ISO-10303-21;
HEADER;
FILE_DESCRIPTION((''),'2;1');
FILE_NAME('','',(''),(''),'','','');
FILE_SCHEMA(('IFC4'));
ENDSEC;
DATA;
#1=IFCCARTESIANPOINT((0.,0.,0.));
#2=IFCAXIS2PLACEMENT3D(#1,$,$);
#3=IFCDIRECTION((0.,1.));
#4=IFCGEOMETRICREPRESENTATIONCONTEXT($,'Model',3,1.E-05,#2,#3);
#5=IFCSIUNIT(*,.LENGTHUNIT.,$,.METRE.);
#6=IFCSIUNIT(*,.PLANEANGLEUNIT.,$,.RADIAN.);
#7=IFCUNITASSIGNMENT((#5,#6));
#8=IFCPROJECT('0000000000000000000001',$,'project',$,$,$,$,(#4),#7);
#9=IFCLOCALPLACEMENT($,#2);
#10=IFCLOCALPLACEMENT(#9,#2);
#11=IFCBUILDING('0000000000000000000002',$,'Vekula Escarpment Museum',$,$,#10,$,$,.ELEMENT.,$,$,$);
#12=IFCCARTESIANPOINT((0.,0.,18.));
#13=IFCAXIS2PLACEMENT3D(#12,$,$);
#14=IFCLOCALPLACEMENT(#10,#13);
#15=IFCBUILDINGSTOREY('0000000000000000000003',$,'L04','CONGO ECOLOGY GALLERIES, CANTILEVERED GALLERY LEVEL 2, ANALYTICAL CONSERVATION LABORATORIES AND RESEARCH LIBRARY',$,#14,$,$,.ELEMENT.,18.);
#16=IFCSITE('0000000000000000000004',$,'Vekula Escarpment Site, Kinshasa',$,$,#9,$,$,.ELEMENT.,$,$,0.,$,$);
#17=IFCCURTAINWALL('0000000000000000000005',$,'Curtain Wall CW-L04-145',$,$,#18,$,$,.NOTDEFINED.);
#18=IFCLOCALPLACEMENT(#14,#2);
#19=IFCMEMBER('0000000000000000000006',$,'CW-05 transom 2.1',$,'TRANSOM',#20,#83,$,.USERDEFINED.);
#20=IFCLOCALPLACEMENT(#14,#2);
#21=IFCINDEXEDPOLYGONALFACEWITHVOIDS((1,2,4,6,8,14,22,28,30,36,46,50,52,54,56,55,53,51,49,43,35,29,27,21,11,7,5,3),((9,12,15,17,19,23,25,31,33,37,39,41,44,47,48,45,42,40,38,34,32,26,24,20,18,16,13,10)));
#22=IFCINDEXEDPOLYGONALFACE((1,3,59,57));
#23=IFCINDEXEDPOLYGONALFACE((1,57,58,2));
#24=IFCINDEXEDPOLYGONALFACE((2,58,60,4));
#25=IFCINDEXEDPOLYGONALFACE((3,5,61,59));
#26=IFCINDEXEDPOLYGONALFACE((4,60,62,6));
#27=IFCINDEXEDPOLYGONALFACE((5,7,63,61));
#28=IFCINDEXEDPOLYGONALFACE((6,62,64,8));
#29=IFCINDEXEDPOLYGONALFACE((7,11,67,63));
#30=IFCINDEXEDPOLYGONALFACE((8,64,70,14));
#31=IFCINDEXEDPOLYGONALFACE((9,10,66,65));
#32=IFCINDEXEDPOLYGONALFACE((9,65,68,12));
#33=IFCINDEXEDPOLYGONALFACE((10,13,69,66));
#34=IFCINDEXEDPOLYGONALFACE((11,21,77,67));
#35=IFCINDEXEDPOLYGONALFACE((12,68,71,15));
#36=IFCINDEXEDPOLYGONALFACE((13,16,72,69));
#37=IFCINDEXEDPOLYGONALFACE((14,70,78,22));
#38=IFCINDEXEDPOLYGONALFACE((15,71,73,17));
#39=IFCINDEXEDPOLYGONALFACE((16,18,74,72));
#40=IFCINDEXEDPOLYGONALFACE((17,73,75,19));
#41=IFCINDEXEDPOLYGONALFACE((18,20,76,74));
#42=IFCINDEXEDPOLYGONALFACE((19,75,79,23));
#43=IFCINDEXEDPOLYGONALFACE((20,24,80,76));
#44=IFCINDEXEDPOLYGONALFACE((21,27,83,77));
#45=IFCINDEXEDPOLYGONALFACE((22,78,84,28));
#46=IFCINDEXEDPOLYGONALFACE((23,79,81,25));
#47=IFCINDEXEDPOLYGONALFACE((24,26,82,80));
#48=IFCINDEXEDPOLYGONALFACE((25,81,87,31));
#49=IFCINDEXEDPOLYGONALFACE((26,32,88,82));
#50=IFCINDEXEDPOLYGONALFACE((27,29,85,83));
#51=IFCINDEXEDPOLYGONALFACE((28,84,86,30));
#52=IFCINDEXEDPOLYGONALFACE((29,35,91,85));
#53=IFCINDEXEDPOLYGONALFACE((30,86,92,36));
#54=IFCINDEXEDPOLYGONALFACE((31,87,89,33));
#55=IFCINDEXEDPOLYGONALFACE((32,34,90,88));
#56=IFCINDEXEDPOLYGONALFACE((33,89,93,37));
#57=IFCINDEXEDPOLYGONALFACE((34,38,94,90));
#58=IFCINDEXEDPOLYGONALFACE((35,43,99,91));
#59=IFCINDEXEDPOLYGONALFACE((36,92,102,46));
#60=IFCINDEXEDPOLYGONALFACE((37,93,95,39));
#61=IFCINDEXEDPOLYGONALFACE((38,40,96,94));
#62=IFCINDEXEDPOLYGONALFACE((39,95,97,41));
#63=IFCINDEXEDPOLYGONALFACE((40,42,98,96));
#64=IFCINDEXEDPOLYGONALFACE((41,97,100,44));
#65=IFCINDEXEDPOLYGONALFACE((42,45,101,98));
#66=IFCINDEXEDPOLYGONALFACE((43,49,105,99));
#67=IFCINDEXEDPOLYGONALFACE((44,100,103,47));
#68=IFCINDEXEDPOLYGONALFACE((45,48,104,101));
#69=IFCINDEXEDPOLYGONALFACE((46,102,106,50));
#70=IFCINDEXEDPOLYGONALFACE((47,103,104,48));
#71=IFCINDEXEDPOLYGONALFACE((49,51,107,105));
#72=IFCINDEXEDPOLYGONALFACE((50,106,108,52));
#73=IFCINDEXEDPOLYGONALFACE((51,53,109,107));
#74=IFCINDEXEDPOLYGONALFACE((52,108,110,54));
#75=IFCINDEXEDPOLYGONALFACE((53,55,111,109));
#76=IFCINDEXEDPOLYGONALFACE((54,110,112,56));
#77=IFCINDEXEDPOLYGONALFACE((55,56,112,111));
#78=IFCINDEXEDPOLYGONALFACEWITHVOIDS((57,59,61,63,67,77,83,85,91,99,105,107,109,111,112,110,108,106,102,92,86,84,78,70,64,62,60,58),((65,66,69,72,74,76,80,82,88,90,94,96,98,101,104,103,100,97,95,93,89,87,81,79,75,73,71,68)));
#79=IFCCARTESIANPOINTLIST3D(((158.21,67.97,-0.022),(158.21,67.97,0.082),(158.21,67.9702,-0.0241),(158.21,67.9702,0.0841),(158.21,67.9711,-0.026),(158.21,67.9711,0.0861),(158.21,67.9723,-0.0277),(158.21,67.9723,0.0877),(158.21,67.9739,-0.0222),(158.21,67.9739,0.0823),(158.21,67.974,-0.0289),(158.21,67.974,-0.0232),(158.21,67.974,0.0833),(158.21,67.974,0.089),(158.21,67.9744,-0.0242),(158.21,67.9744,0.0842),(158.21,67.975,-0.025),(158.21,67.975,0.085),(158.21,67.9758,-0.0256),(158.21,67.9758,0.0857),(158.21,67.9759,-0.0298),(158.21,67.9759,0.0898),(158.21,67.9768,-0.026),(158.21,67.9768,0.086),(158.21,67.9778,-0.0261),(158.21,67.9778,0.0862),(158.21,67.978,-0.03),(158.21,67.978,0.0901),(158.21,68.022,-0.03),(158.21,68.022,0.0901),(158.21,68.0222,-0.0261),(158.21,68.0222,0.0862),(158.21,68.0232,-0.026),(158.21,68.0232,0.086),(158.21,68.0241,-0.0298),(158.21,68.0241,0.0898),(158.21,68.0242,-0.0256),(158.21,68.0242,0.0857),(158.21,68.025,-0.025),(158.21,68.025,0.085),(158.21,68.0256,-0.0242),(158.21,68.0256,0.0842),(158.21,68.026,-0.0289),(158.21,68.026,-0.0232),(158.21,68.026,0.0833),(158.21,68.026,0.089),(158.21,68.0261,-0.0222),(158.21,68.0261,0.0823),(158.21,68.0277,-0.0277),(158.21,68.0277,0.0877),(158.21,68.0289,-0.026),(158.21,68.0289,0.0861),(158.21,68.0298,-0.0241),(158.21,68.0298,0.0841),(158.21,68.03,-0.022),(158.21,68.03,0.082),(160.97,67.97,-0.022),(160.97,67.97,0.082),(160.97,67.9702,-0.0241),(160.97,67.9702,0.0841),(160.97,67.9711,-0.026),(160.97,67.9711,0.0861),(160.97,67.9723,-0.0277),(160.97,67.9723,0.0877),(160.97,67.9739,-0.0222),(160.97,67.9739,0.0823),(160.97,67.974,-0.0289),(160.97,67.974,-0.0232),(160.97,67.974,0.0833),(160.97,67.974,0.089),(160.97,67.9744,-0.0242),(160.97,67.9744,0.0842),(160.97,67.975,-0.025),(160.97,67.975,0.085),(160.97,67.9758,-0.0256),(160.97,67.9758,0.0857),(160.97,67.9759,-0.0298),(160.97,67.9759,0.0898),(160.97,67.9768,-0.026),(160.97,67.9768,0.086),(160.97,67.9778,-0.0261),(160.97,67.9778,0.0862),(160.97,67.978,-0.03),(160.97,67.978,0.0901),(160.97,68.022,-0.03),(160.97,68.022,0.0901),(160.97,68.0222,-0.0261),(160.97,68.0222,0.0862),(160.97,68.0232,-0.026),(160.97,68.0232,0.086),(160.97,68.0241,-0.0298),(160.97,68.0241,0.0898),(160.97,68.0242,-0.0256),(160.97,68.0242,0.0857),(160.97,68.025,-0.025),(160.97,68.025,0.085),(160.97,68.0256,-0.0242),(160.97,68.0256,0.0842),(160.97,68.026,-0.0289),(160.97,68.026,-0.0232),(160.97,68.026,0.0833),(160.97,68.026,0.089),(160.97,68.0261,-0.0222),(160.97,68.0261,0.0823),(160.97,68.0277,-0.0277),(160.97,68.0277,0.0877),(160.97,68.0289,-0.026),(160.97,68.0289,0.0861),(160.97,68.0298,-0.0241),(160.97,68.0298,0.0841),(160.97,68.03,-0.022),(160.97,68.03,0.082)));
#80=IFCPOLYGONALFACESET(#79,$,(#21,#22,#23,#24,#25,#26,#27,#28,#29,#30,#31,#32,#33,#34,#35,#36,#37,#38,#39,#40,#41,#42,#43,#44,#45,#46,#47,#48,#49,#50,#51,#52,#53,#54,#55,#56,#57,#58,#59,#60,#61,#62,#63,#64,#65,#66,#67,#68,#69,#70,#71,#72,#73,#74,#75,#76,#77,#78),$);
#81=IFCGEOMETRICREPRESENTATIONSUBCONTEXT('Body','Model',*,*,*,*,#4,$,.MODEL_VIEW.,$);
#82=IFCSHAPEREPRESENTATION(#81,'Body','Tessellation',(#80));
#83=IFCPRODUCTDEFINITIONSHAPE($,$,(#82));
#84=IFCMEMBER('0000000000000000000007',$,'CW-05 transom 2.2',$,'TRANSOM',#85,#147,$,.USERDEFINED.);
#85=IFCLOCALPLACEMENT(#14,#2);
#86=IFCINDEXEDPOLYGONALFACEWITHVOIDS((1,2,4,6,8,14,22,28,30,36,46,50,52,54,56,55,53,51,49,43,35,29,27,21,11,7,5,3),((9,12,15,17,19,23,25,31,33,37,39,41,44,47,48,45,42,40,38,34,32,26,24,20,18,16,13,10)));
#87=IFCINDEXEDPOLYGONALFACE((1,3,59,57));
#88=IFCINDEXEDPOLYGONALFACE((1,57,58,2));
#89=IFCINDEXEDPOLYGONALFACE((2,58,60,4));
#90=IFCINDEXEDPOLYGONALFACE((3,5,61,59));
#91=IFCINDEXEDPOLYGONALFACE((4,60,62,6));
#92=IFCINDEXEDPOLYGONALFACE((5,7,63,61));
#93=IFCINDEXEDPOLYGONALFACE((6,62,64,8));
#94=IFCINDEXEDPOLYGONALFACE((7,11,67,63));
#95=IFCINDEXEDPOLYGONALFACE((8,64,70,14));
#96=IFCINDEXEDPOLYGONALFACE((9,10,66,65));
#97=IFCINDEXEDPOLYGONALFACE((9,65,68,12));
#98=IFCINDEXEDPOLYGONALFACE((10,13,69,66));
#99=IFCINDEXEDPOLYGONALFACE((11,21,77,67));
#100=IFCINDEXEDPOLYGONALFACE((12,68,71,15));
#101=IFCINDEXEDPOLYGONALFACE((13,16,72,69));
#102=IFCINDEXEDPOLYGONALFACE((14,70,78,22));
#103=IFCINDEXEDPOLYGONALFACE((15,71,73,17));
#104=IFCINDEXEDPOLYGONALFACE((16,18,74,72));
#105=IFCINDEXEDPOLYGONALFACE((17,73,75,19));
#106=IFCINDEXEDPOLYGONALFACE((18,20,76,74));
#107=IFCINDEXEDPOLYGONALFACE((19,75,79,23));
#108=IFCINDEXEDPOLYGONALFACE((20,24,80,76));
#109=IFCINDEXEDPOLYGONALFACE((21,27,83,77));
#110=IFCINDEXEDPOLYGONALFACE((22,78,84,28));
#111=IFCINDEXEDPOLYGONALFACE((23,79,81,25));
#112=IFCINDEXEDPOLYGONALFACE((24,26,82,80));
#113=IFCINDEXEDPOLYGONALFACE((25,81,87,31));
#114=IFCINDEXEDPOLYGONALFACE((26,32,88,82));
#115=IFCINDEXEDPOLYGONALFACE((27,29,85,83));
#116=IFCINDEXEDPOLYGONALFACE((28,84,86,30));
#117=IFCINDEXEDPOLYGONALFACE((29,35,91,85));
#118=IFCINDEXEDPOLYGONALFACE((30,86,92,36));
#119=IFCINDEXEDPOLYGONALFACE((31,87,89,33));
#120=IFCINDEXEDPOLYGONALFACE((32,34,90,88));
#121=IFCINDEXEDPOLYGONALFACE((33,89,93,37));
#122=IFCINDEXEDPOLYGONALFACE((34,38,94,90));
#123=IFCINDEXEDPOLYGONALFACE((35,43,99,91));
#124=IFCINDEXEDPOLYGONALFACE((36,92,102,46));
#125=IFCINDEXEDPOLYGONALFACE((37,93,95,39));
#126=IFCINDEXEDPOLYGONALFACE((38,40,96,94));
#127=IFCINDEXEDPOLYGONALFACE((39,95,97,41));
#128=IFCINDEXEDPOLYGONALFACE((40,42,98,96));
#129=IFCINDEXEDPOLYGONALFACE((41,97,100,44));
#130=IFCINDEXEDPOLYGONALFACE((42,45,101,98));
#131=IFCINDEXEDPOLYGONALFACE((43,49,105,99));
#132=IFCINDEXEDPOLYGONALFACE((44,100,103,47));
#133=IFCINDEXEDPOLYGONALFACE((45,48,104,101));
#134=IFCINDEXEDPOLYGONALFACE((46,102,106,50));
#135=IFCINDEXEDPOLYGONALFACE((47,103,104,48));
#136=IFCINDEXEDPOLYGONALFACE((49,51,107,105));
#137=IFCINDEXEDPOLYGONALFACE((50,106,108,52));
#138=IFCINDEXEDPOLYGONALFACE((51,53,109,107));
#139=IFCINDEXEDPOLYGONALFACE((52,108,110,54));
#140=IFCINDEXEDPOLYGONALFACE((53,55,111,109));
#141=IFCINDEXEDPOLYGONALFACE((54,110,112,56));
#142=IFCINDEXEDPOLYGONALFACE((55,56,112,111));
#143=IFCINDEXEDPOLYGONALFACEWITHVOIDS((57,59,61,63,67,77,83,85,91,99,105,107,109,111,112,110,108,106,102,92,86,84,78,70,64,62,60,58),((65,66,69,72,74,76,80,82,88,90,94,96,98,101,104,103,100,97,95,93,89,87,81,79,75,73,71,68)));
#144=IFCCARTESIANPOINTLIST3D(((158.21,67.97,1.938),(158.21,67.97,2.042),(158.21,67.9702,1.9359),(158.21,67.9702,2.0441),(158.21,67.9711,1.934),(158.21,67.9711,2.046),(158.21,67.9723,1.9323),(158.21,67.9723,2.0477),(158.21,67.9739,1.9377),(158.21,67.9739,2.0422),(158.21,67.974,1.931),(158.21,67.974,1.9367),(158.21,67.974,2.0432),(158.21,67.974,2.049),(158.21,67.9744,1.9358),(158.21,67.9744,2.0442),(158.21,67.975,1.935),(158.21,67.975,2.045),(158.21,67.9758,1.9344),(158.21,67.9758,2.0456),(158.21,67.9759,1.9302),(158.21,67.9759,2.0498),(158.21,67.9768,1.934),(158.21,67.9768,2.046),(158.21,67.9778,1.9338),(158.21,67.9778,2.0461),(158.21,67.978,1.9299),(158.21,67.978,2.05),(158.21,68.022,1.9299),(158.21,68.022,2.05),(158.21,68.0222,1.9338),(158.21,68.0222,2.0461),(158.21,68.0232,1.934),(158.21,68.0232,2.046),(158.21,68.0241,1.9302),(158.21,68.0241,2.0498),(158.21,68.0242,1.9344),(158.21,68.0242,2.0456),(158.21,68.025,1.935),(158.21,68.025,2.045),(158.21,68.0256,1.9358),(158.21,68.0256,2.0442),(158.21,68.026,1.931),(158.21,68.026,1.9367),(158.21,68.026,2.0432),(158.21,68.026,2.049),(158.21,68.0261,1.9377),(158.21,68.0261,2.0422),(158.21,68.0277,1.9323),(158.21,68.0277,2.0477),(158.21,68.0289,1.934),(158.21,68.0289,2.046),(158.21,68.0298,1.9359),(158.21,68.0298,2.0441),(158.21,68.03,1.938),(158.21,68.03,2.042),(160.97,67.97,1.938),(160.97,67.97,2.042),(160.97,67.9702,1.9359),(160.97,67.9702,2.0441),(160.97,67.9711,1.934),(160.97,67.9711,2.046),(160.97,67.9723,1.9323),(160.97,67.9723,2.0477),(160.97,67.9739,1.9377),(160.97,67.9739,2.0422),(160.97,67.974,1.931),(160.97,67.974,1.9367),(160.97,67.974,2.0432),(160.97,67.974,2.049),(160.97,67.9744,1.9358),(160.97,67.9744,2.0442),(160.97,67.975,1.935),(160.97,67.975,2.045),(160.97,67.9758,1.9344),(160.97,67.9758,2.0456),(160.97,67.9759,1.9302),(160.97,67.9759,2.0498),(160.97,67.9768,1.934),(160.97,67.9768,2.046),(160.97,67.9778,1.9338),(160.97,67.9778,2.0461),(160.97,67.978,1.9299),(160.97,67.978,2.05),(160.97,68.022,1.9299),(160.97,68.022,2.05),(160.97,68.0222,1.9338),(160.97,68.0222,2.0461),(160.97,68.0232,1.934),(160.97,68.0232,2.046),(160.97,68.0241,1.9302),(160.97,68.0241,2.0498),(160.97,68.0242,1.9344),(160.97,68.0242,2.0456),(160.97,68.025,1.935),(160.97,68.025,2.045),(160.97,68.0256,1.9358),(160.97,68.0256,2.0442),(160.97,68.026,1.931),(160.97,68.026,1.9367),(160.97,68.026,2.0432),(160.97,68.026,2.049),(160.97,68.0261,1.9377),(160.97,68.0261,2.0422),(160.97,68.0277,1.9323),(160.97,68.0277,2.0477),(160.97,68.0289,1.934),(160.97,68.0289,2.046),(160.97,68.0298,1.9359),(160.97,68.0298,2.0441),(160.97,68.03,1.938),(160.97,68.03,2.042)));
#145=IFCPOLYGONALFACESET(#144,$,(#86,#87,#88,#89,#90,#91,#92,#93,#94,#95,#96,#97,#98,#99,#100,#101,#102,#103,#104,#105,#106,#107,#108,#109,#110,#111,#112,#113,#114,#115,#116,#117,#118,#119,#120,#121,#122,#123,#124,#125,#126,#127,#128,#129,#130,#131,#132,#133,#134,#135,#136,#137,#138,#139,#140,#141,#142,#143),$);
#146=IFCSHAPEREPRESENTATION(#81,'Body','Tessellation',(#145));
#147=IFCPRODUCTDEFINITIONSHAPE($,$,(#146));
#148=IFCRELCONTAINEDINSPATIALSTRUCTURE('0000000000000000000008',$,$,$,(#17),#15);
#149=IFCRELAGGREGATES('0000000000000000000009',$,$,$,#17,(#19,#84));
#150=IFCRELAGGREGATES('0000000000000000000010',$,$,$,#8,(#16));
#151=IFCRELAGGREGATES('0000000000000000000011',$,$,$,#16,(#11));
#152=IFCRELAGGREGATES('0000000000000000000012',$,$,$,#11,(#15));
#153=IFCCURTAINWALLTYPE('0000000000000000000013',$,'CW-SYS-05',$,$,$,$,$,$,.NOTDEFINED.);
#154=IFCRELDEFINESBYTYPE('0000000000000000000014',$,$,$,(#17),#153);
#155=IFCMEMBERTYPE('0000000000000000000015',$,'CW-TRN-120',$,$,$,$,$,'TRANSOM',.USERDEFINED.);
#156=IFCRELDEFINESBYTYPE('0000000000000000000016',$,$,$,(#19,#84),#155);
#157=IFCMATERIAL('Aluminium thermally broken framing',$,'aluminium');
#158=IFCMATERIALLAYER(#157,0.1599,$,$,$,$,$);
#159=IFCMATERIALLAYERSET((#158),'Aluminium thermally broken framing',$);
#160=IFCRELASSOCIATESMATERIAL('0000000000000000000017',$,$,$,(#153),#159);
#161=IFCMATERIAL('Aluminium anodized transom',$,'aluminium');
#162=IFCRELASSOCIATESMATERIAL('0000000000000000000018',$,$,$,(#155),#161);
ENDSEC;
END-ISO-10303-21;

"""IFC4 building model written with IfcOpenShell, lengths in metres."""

from ifc_helpers import new_model, si_unit, direction, frame, origin, origin_2d, place, context, subcontext, project, spatial, hollow_rectangle, extrude, material, layer, layer_set, material_profile, profile_set, type_object, element, aggregate, save


model = new_model("IFC4")

# Units and contexts
model_context = context("Model", 3, precision=1e-05, world=origin(), true_north=direction((0.0, 1.0)))
body_context = subcontext(model_context, "Body", "Model", "MODEL_VIEW")
ifc_project = project(units=[si_unit("LENGTHUNIT", "METRE"), si_unit("PLANEANGLEUNIT", "RADIAN")], contexts=[model_context])

# Site, building, storey
site_placement = place(None, origin())
site = spatial("IfcSite", under=ifc_project, at=site_placement, Name="Vekula Escarpment Site, Kinshasa", CompositionType="ELEMENT", RefElevation=0.0)
building_placement = place(site_placement, origin())
building = spatial("IfcBuilding", under=site, at=building_placement, Name="Vekula Escarpment Museum", CompositionType="ELEMENT")
storey_placement = place(building_placement, frame((0.0, 0.0, 18.0)))
storey = spatial("IfcBuildingStorey", under=building, at=storey_placement, Name="L04", Description="CONGO ECOLOGY GALLERIES, CANTILEVERED GALLERY LEVEL 2, ANALYTICAL CONSERVATION LABORATORIES AND RESEARCH LIBRARY", CompositionType="ELEMENT", Elevation=18.0)

# Curtain wall
ifc_material_1 = material(Name="Aluminium thermally broken framing", Category="aluminium")
ifc_layer_1 = layer(ifc_material_1, 0.1599)
ifc_layer_set_1 = layer_set([ifc_layer_1], Name="Aluminium thermally broken framing")
curtain_wall_type_1 = type_object("IfcCurtainWallType", Name="CW-SYS-05", PredefinedType="NOTDEFINED", material=ifc_layer_set_1)
curtain_wall_1_placement = place(storey_placement, origin())
curtain_wall_1 = element("IfcCurtainWall", 1, at=curtain_wall_1_placement, inside=storey, type_object=curtain_wall_type_1, Name="Curtain Wall CW-L04-145", PredefinedType="NOTDEFINED")

# Members
ifc_material_2 = material(Name="Aluminium anodized transom", Category="aluminium")
ifc_material_profile_1 = material_profile(ifc_material_2, hollow_rectangle(XDim=0.0601, YDim=0.1201, WallThickness=0.0039, InnerFilletRadius=0.0039, OuterFilletRadius=0.0081, at=origin_2d()), Name="ALU 120x60x4")
ifc_profile_set_1 = profile_set([ifc_material_profile_1], Name="Aluminium anodized transom")
member_type_1 = type_object("IfcMemberType", Name="CW-TRN-120", ElementType="TRANSOM", PredefinedType="USERDEFINED", material=ifc_profile_set_1)
member_1_placement = place(storey_placement, frame((158.21, 68.0, 0.03), z_axis=(1.0, 0.0, 0.0), x_axis=(0.0, 1.0, 0.0)))
member_1 = element("IfcMember", 2, at=member_1_placement, type_object=member_type_1, Name="CW-05 transom 2.1", ObjectType="TRANSOM", PredefinedType="USERDEFINED", context=body_context, shape_type="SweptSolid", body=[
    extrude(hollow_rectangle(XDim=0.0601, YDim=0.1201, WallThickness=0.0039, InnerFilletRadius=0.0039, OuterFilletRadius=0.0081, at=origin_2d()), origin(), (0.0, 0.0, 1.0), 2.76),
])
member_2_placement = place(storey_placement, frame((158.21, 68.0, 1.99), z_axis=(1.0, 0.0, 0.0), x_axis=(0.0, 1.0, 0.0)))
member_2 = element("IfcMember", 3, at=member_2_placement, type_object=member_type_1, Name="CW-05 transom 2.2", ObjectType="TRANSOM", PredefinedType="USERDEFINED", context=body_context, shape_type="SweptSolid", body=[
    extrude(hollow_rectangle(XDim=0.0601, YDim=0.1201, WallThickness=0.0039, InnerFilletRadius=0.0039, OuterFilletRadius=0.0081, at=origin_2d()), origin(), (0.0, 0.0, 1.0), 2.76),
])

aggregate(curtain_wall_1, [member_1, member_2])

save(model, "model.ifc")
